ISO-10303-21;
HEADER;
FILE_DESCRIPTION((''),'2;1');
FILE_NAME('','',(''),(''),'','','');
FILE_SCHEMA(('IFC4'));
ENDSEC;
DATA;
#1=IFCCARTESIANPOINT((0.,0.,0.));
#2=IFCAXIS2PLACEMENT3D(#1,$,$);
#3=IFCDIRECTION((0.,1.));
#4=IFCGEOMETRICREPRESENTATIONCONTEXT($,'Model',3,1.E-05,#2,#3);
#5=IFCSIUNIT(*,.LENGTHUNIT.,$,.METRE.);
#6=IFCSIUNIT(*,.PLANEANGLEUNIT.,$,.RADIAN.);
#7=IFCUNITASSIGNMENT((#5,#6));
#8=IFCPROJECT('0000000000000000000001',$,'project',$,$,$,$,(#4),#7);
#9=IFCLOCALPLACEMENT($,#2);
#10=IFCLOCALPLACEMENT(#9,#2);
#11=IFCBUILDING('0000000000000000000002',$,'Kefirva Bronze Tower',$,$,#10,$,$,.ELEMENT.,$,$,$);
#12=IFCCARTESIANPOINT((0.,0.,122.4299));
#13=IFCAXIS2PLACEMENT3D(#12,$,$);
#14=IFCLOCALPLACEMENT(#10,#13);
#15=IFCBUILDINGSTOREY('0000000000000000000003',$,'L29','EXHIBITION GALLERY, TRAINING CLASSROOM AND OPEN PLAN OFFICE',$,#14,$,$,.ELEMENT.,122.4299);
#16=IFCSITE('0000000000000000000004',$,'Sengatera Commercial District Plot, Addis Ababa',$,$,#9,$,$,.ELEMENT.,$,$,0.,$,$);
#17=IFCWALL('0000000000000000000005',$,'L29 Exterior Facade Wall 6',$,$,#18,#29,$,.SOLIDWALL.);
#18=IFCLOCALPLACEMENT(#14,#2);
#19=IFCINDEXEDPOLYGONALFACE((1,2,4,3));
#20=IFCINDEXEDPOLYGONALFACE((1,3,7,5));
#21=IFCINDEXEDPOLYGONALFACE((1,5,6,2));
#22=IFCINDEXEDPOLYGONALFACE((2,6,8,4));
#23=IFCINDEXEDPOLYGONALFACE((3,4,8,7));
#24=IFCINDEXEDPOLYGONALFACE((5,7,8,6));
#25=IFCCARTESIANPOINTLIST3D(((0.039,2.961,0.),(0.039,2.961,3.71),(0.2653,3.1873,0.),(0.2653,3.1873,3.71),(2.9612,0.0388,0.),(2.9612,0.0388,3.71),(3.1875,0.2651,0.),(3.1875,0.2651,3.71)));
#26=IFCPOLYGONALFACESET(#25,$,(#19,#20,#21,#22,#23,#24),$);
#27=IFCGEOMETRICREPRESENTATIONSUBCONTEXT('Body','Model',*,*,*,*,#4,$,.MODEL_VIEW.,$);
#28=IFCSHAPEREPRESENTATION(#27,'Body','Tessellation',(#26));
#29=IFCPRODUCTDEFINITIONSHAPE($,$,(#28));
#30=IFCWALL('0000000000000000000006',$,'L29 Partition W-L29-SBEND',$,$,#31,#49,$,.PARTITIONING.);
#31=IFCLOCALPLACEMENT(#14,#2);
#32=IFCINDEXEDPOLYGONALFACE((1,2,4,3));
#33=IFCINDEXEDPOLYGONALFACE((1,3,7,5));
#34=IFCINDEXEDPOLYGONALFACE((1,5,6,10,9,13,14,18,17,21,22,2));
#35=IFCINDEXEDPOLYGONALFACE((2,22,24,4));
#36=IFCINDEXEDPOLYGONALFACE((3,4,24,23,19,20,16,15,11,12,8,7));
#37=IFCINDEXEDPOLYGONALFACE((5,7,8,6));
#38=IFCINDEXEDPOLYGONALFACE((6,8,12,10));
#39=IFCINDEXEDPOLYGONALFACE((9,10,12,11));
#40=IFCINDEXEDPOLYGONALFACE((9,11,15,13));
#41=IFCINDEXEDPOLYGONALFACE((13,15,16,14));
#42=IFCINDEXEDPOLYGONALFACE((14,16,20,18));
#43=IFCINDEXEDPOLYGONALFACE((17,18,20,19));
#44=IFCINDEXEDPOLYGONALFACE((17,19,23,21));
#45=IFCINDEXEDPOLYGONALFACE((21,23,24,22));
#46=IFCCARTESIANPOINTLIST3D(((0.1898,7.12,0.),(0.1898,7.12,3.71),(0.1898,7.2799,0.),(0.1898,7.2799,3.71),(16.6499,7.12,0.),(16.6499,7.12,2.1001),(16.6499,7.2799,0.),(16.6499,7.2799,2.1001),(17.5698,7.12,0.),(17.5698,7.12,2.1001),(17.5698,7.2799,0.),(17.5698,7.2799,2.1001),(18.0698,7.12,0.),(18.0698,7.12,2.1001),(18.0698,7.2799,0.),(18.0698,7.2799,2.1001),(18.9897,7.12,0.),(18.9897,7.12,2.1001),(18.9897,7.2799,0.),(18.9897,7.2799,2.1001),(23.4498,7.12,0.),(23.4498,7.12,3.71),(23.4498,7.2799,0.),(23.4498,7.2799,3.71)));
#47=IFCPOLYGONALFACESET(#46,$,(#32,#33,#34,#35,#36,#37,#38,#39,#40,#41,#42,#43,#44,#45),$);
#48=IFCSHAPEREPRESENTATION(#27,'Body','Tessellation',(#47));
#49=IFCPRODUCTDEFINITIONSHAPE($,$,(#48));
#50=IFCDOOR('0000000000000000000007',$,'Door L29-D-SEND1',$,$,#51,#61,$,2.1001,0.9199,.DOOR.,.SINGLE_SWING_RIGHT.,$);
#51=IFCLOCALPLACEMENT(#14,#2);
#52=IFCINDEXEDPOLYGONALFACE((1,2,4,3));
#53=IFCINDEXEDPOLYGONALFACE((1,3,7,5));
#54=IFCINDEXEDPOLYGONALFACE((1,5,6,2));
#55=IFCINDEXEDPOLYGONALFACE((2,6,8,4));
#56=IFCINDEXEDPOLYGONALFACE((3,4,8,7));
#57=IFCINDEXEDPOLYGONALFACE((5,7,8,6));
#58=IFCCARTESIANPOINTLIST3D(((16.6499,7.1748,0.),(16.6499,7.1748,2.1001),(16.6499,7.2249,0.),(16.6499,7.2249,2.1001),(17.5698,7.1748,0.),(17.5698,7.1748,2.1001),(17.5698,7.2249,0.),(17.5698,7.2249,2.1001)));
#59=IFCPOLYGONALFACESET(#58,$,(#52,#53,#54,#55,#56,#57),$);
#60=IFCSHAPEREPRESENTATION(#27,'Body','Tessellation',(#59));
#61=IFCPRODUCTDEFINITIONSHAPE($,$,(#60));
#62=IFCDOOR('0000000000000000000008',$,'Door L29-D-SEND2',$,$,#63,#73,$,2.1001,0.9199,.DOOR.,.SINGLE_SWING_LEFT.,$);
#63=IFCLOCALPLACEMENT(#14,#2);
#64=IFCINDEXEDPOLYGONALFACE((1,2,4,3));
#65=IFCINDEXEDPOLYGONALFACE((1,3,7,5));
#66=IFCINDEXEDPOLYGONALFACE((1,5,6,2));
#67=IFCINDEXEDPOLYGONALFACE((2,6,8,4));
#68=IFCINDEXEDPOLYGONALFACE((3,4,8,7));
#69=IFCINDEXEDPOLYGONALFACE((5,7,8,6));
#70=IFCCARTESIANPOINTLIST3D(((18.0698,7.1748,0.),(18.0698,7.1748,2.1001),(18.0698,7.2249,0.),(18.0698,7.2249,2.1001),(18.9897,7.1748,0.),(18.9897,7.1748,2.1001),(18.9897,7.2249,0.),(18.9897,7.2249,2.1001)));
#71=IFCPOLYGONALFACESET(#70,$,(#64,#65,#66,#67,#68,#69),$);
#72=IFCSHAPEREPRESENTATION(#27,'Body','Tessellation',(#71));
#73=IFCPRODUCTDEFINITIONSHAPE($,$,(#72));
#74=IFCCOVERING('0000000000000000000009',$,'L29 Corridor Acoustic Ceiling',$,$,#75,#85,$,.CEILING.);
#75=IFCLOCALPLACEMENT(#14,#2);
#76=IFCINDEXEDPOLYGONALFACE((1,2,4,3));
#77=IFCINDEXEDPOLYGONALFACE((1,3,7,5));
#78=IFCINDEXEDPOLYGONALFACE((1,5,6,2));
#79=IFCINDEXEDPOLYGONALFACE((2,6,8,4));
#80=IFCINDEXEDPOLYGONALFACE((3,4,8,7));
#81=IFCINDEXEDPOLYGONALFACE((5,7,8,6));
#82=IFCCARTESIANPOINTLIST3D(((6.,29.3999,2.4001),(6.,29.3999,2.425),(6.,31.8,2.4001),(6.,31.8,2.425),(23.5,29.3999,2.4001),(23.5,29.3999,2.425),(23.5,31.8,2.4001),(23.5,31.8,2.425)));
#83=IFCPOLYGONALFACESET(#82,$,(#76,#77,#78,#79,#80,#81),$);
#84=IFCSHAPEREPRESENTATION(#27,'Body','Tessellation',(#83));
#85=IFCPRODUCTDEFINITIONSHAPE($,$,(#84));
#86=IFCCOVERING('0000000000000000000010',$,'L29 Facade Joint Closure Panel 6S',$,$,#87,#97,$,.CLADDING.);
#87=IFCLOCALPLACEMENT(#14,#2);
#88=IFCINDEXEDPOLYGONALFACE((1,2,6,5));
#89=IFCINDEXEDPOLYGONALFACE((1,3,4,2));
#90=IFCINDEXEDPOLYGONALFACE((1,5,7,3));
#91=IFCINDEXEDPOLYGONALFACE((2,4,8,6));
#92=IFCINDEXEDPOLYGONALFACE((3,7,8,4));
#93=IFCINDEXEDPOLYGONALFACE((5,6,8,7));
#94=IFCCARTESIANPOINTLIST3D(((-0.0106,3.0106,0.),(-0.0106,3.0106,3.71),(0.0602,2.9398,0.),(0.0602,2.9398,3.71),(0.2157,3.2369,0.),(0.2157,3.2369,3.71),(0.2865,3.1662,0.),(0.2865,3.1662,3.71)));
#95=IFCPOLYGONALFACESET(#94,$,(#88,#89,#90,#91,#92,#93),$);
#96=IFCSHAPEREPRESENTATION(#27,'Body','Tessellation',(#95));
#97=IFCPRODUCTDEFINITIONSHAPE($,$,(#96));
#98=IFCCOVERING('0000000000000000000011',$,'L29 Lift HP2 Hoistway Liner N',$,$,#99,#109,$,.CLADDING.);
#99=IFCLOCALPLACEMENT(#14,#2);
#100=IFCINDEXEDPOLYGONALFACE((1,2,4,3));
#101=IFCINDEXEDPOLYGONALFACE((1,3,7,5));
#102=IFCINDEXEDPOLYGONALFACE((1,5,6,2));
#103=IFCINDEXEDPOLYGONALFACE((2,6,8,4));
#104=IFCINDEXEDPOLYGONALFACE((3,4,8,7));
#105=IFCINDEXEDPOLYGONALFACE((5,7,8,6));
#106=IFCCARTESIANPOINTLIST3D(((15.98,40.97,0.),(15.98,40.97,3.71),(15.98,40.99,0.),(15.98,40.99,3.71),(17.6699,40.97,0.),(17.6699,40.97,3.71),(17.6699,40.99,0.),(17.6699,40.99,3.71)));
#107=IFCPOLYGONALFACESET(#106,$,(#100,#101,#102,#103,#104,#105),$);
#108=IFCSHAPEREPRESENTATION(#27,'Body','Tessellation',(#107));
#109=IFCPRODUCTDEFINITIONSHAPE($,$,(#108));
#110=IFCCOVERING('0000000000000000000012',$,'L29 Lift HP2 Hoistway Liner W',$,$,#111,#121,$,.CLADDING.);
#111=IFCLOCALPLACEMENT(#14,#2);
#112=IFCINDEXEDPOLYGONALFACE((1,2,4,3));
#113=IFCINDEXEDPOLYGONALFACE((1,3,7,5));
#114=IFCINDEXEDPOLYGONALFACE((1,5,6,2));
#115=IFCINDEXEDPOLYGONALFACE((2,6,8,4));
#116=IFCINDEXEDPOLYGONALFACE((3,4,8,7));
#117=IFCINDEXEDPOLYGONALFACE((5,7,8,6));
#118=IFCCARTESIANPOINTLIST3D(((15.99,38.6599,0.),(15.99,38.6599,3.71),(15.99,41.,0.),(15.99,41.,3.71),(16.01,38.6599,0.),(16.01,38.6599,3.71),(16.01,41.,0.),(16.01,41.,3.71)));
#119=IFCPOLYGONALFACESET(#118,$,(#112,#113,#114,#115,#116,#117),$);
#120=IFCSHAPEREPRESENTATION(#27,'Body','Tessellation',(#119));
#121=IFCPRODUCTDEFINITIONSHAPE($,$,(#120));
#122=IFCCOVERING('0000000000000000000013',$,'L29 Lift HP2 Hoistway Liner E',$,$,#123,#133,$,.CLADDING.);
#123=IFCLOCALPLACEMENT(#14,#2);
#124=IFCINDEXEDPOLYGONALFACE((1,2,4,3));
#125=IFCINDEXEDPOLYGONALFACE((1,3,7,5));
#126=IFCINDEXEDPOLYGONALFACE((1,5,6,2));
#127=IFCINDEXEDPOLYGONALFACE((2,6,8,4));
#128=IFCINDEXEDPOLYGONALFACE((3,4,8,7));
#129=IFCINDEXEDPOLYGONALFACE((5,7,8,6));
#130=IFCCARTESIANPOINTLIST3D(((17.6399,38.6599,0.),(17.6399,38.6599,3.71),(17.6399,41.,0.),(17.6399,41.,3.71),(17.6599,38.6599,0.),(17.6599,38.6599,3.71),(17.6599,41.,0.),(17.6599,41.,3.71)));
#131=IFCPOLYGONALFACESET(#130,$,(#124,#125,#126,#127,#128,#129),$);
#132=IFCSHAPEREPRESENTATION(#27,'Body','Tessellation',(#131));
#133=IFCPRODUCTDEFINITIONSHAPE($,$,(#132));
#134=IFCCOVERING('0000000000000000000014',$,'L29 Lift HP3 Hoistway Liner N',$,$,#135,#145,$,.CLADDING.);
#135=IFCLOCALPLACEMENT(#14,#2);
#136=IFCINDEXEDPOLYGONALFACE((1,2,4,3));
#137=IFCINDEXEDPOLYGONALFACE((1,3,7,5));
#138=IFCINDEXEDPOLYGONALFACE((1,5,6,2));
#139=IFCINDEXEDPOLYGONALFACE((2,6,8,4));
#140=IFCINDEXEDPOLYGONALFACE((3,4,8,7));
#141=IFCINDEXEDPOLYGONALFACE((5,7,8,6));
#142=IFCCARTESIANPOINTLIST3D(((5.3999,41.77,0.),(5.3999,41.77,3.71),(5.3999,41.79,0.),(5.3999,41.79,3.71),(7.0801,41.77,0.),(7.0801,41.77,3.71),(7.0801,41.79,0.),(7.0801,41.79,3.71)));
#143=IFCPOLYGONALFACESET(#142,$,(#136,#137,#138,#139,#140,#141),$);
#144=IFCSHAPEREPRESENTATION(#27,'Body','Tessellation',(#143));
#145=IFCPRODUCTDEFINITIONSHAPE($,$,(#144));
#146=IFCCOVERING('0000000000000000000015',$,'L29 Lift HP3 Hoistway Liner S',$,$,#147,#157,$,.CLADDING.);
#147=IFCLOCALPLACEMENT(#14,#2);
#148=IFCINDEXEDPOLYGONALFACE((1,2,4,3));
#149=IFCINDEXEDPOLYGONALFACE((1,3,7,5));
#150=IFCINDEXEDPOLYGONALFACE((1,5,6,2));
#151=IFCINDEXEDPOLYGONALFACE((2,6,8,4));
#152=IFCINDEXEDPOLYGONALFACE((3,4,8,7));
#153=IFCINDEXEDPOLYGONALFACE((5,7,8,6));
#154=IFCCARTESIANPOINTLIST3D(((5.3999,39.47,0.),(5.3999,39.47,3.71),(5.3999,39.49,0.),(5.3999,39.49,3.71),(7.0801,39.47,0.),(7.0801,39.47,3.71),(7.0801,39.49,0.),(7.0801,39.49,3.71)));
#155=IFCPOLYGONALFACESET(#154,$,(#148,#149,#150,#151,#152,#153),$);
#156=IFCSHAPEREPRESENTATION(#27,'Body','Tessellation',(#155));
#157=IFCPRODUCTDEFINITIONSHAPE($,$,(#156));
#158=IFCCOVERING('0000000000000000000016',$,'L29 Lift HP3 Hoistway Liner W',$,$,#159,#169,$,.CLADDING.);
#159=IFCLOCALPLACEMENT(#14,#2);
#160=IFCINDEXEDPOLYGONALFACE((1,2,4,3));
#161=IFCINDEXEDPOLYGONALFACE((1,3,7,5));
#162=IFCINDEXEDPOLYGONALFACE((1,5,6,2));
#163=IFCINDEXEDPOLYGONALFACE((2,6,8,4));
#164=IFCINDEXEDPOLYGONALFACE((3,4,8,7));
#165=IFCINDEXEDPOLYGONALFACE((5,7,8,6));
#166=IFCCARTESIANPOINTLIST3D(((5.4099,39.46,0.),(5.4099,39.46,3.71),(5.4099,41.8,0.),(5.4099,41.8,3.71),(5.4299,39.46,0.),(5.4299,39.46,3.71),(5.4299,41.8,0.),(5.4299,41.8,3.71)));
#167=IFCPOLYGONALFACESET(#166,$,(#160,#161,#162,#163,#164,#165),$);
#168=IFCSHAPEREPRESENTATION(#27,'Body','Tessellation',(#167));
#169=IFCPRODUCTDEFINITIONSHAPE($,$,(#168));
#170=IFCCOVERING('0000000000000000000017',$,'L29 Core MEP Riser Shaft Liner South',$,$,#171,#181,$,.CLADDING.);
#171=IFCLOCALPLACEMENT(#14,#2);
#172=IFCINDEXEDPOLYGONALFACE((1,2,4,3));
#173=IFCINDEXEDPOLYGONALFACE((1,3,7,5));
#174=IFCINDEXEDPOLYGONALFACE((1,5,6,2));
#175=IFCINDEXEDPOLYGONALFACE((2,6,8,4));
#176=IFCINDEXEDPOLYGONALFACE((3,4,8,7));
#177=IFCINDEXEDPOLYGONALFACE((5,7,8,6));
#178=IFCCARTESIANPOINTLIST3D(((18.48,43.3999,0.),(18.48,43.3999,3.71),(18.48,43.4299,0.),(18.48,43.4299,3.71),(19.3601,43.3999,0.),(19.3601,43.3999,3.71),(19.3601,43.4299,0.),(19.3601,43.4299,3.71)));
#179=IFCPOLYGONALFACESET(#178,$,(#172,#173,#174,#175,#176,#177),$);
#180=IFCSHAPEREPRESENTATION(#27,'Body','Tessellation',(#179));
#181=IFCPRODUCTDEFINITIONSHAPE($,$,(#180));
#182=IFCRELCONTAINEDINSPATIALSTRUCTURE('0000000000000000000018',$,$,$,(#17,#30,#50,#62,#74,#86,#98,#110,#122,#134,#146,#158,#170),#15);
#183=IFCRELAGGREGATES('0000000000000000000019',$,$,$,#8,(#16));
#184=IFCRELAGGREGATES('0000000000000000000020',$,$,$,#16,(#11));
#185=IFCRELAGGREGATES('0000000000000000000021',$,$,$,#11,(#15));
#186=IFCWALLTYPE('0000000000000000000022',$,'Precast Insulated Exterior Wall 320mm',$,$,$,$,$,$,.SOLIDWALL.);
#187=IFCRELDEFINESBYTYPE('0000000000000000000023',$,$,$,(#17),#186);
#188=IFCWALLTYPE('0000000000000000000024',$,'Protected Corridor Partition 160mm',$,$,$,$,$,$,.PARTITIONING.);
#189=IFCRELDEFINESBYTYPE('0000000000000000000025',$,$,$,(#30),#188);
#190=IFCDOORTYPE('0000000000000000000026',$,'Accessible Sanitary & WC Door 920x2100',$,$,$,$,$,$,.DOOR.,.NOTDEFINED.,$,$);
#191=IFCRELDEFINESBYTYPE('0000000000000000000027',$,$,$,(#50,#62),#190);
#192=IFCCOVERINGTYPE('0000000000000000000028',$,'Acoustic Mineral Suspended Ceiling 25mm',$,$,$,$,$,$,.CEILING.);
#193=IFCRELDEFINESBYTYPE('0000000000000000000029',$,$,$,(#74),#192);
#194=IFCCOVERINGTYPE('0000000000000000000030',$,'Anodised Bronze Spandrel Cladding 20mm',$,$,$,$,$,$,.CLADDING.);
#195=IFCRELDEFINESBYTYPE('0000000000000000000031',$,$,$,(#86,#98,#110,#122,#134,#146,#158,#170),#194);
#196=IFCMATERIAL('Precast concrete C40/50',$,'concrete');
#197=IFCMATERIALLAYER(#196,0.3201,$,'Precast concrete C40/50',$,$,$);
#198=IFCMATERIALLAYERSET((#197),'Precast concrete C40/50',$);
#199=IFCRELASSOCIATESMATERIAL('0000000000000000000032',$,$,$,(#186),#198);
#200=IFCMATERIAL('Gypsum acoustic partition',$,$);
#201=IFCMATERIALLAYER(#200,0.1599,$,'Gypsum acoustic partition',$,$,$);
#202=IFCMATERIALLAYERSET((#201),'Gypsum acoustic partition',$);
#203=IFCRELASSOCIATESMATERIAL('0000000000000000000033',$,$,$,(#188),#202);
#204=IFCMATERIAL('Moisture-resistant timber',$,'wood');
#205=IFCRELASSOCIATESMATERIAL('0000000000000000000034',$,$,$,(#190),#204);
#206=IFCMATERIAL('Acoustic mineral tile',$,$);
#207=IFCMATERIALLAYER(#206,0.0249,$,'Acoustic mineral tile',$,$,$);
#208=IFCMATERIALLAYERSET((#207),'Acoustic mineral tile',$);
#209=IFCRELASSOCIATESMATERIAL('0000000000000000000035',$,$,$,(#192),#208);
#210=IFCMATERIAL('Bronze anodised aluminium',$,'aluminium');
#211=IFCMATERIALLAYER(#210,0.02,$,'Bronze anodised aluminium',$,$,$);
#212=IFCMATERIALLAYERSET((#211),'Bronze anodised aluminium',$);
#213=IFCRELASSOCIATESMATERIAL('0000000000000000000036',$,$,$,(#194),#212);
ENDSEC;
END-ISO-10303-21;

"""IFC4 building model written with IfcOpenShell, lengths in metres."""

from ifc_helpers import new_model, si_unit, direction, frame, frame_2d, origin, origin_2d, place, context, subcontext, project, spatial, polyline, rectangle, outline, extrude, material, layer, layer_set, type_object, element, fill, save


model = new_model("IFC4")

# Units and contexts
model_context = context("Model", 3, precision=1e-05, world=origin(), true_north=direction((0.0, 1.0)))
body_context = subcontext(model_context, "Body", "Model", "MODEL_VIEW")
ifc_project = project(units=[si_unit("LENGTHUNIT", "METRE"), si_unit("PLANEANGLEUNIT", "RADIAN")], contexts=[model_context])

# Site, building, storey
site_placement = place(None, origin())
site = spatial("IfcSite", under=ifc_project, at=site_placement, Name="Sengatera Commercial District Plot, Addis Ababa", CompositionType="ELEMENT", RefElevation=0.0)
building_placement = place(site_placement, origin())
building = spatial("IfcBuilding", under=site, at=building_placement, Name="Kefirva Bronze Tower", CompositionType="ELEMENT")
storey_placement = place(building_placement, frame((0.0, 0.0, 122.4299)))
storey = spatial("IfcBuildingStorey", under=building, at=storey_placement, Name="L29", Description="EXHIBITION GALLERY, TRAINING CLASSROOM AND OPEN PLAN OFFICE", CompositionType="ELEMENT", Elevation=122.4299)

# Shared definitions
ifc_material_1 = material(Name="Bronze anodised aluminium", Category="aluminium")

# Wall
ifc_material_2 = material(Name="Precast concrete C40/50", Category="concrete")
ifc_layer_1 = layer(ifc_material_2, 0.3201, Name="Precast concrete C40/50")
ifc_layer_set_1 = layer_set([ifc_layer_1], Name="Precast concrete C40/50")
wall_type_1 = type_object("IfcWallType", Name="Precast Insulated Exterior Wall 320mm", PredefinedType="SOLIDWALL", material=ifc_layer_set_1)
wall_1_placement = place(storey_placement, frame((0.1521, 3.0742, 0.0), z_axis=(0.0, 0.0, 1.0), x_axis=(0.707107, -0.707107, 0.0)))
element("IfcWall", 1, at=wall_1_placement, inside=storey, type_object=wall_type_1, Name="L29 Exterior Facade Wall 6", PredefinedType="SOLIDWALL", context=body_context, shape_type="SweptSolid", body=[
    extrude(rectangle(XDim=4.1326, YDim=0.3201, at=frame_2d((2.0664, 0.0))), origin(), (0.0, 0.0, 1.0), 3.71),
])

# Wall, openings, doors
ifc_material_3 = material(Name="Gypsum acoustic partition")
ifc_layer_2 = layer(ifc_material_3, 0.1599, Name="Gypsum acoustic partition")
ifc_layer_set_2 = layer_set([ifc_layer_2], Name="Gypsum acoustic partition")
wall_type_2 = type_object("IfcWallType", Name="Protected Corridor Partition 160mm", PredefinedType="PARTITIONING", material=ifc_layer_set_2)
wall_2_placement = place(storey_placement, frame((0.1899, 7.2, 0.0), z_axis=(0.0, 0.0, 1.0), x_axis=(1.0, 0.0, 0.0)))
wall_2 = element("IfcWall", 2, at=wall_2_placement, inside=storey, type_object=wall_type_2, Name="L29 Partition W-L29-SBEND", PredefinedType="PARTITIONING", context=body_context, shape_type="SweptSolid", body=[
    extrude(rectangle(XDim=23.26, YDim=0.1599, at=frame_2d((11.6299, 0.0))), origin(), (0.0, 0.0, 1.0), 3.71),
])
opening_1_placement = place(wall_2_placement, frame((16.46, 0.0, 0.0)))
opening_1 = element("IfcOpeningElement", 3, at=opening_1_placement, cuts=wall_2, PredefinedType="OPENING", context=body_context, shape_type="SweptSolid", body=[
    extrude(rectangle(XDim=0.9199, YDim=2.1001, at=frame_2d((0.46, 1.05))), frame((0.0, 0.0898, 0.0), z_axis=(0.0, -1.0, 0.0), x_axis=(1.0, 0.0, 0.0)), (0.0, 0.0, 1.0), 0.1799),
])
opening_2_placement = place(wall_2_placement, frame((17.8799, 0.0, 0.0)))
opening_2 = element("IfcOpeningElement", 4, at=opening_2_placement, cuts=wall_2, PredefinedType="OPENING", context=body_context, shape_type="SweptSolid", body=[
    extrude(rectangle(XDim=0.9199, YDim=2.1001, at=frame_2d((0.46, 1.05))), frame((0.0, 0.0898, 0.0), z_axis=(0.0, -1.0, 0.0), x_axis=(1.0, 0.0, 0.0)), (0.0, 0.0, 1.0), 0.1799),
])
ifc_material_4 = material(Name="Moisture-resistant timber", Category="wood")
door_type = type_object("IfcDoorType", Name="Accessible Sanitary & WC Door 920x2100", OperationType="NOTDEFINED", PredefinedType="DOOR", material=ifc_material_4)
door_1_placement = place(opening_1_placement, origin())
door_1 = element("IfcDoor", 5, at=door_1_placement, inside=storey, type_object=door_type, Name="Door L29-D-SEND1", OperationType="SINGLE_SWING_RIGHT", OverallHeight=2.1001, OverallWidth=0.9199, PredefinedType="DOOR", context=body_context, shape_type="SweptSolid", body=[
    extrude(rectangle(XDim=0.9199, YDim=2.1001, at=frame_2d((0.46, 1.05))), frame((0.0, 0.0249, 0.0), z_axis=(0.0, -1.0, 0.0), x_axis=(1.0, 0.0, 0.0)), (0.0, 0.0, 1.0), 0.05),
])
fill(opening_1, door_1)
door_2_placement = place(opening_2_placement, origin())
door_2 = element("IfcDoor", 6, at=door_2_placement, inside=storey, type_object=door_type, Name="Door L29-D-SEND2", OperationType="SINGLE_SWING_LEFT", OverallHeight=2.1001, OverallWidth=0.9199, PredefinedType="DOOR", context=body_context, shape_type="SweptSolid", body=[
    extrude(rectangle(XDim=0.9199, YDim=2.1001, at=frame_2d((0.46, 1.05))), frame((0.0, 0.0249, 0.0), z_axis=(0.0, -1.0, 0.0), x_axis=(1.0, 0.0, 0.0)), (0.0, 0.0, 1.0), 0.05),
])
fill(opening_2, door_2)

# Coverings
ifc_material_5 = material(Name="Acoustic mineral tile")
ifc_layer_3 = layer(ifc_material_5, 0.0249, Name="Acoustic mineral tile")
ifc_layer_set_3 = layer_set([ifc_layer_3], Name="Acoustic mineral tile")
covering_type_1 = type_object("IfcCoveringType", Name="Acoustic Mineral Suspended Ceiling 25mm", PredefinedType="CEILING", material=ifc_layer_set_3)
covering_1_placement = place(storey_placement, frame((0.0, 0.0, 2.4001)))
element("IfcCovering", 7, at=covering_1_placement, inside=storey, type_object=covering_type_1, Name="L29 Corridor Acoustic Ceiling", PredefinedType="CEILING", context=body_context, shape_type="SweptSolid", body=[
    extrude(outline(polyline([(6.0, 29.3999), (23.5, 29.3999), (23.5, 31.8), (6.0, 31.8), (6.0, 29.3999)])), origin(), (0.0, 0.0, 1.0), 0.0249),
])
ifc_layer_4 = layer(ifc_material_1, 0.02, Name="Bronze anodised aluminium")
ifc_layer_set_4 = layer_set([ifc_layer_4], Name="Bronze anodised aluminium")
covering_type_2 = type_object("IfcCoveringType", Name="Anodised Bronze Spandrel Cladding 20mm", PredefinedType="CLADDING", material=ifc_layer_set_4)
covering_2_placement = place(storey_placement, frame((0.1379, 3.0884, 0.0), z_axis=(0.0, 0.0, 1.0), x_axis=(0.707107, -0.707107, 0.0)))
element("IfcCovering", 8, at=covering_2_placement, inside=storey, type_object=covering_type_2, Name="L29 Facade Joint Closure Panel 6S", PredefinedType="CLADDING", context=body_context, shape_type="SweptSolid", body=[
    extrude(rectangle(XDim=0.1001, YDim=0.3201, at=origin_2d()), origin(), (0.0, 0.0, 1.0), 3.71),
])
covering_3_placement = place(storey_placement, origin())
element("IfcCovering", 9, at=covering_3_placement, inside=storey, type_object=covering_type_2, Name="L29 Lift HP2 Hoistway Liner N", PredefinedType="CLADDING", context=body_context, shape_type="SweptSolid", body=[
    extrude(outline(polyline([(15.98, 40.97), (17.6699, 40.97), (17.6699, 40.99), (15.98, 40.99), (15.98, 40.97)])), origin(), (0.0, 0.0, 1.0), 3.71),
])
covering_4_placement = place(storey_placement, origin())
element("IfcCovering", 10, at=covering_4_placement, inside=storey, type_object=covering_type_2, Name="L29 Lift HP2 Hoistway Liner W", PredefinedType="CLADDING", context=body_context, shape_type="SweptSolid", body=[
    extrude(outline(polyline([(15.99, 38.6599), (16.01, 38.6599), (16.01, 41.0), (15.99, 41.0), (15.99, 38.6599)])), origin(), (0.0, 0.0, 1.0), 3.71),
])
covering_5_placement = place(storey_placement, origin())
element("IfcCovering", 11, at=covering_5_placement, inside=storey, type_object=covering_type_2, Name="L29 Lift HP2 Hoistway Liner E", PredefinedType="CLADDING", context=body_context, shape_type="SweptSolid", body=[
    extrude(outline(polyline([(17.6399, 38.6599), (17.6599, 38.6599), (17.6599, 41.0), (17.6399, 41.0), (17.6399, 38.6599)])), origin(), (0.0, 0.0, 1.0), 3.71),
])
covering_6_placement = place(storey_placement, origin())
element("IfcCovering", 12, at=covering_6_placement, inside=storey, type_object=covering_type_2, Name="L29 Lift HP3 Hoistway Liner N", PredefinedType="CLADDING", context=body_context, shape_type="SweptSolid", body=[
    extrude(outline(polyline([(5.3999, 41.77), (7.0801, 41.77), (7.0801, 41.79), (5.3999, 41.79), (5.3999, 41.77)])), origin(), (0.0, 0.0, 1.0), 3.71),
])
covering_7_placement = place(storey_placement, origin())
element("IfcCovering", 13, at=covering_7_placement, inside=storey, type_object=covering_type_2, Name="L29 Lift HP3 Hoistway Liner S", PredefinedType="CLADDING", context=body_context, shape_type="SweptSolid", body=[
    extrude(outline(polyline([(5.3999, 39.47), (7.0801, 39.47), (7.0801, 39.49), (5.3999, 39.49), (5.3999, 39.47)])), origin(), (0.0, 0.0, 1.0), 3.71),
])
covering_8_placement = place(storey_placement, origin())
element("IfcCovering", 14, at=covering_8_placement, inside=storey, type_object=covering_type_2, Name="L29 Lift HP3 Hoistway Liner W", PredefinedType="CLADDING", context=body_context, shape_type="SweptSolid", body=[
    extrude(outline(polyline([(5.4099, 39.46), (5.4299, 39.46), (5.4299, 41.8), (5.4099, 41.8), (5.4099, 39.46)])), origin(), (0.0, 0.0, 1.0), 3.71),
])
covering_9_placement = place(storey_placement, origin())
element("IfcCovering", 15, at=covering_9_placement, inside=storey, type_object=covering_type_2, Name="L29 Core MEP Riser Shaft Liner South", PredefinedType="CLADDING", context=body_context, shape_type="SweptSolid", body=[
    extrude(outline(polyline([(18.48, 43.3999), (19.3601, 43.3999), (19.3601, 43.4299), (18.48, 43.4299), (18.48, 43.3999)])), origin(), (0.0, 0.0, 1.0), 3.71),
])

save(model, "model.ifc")
